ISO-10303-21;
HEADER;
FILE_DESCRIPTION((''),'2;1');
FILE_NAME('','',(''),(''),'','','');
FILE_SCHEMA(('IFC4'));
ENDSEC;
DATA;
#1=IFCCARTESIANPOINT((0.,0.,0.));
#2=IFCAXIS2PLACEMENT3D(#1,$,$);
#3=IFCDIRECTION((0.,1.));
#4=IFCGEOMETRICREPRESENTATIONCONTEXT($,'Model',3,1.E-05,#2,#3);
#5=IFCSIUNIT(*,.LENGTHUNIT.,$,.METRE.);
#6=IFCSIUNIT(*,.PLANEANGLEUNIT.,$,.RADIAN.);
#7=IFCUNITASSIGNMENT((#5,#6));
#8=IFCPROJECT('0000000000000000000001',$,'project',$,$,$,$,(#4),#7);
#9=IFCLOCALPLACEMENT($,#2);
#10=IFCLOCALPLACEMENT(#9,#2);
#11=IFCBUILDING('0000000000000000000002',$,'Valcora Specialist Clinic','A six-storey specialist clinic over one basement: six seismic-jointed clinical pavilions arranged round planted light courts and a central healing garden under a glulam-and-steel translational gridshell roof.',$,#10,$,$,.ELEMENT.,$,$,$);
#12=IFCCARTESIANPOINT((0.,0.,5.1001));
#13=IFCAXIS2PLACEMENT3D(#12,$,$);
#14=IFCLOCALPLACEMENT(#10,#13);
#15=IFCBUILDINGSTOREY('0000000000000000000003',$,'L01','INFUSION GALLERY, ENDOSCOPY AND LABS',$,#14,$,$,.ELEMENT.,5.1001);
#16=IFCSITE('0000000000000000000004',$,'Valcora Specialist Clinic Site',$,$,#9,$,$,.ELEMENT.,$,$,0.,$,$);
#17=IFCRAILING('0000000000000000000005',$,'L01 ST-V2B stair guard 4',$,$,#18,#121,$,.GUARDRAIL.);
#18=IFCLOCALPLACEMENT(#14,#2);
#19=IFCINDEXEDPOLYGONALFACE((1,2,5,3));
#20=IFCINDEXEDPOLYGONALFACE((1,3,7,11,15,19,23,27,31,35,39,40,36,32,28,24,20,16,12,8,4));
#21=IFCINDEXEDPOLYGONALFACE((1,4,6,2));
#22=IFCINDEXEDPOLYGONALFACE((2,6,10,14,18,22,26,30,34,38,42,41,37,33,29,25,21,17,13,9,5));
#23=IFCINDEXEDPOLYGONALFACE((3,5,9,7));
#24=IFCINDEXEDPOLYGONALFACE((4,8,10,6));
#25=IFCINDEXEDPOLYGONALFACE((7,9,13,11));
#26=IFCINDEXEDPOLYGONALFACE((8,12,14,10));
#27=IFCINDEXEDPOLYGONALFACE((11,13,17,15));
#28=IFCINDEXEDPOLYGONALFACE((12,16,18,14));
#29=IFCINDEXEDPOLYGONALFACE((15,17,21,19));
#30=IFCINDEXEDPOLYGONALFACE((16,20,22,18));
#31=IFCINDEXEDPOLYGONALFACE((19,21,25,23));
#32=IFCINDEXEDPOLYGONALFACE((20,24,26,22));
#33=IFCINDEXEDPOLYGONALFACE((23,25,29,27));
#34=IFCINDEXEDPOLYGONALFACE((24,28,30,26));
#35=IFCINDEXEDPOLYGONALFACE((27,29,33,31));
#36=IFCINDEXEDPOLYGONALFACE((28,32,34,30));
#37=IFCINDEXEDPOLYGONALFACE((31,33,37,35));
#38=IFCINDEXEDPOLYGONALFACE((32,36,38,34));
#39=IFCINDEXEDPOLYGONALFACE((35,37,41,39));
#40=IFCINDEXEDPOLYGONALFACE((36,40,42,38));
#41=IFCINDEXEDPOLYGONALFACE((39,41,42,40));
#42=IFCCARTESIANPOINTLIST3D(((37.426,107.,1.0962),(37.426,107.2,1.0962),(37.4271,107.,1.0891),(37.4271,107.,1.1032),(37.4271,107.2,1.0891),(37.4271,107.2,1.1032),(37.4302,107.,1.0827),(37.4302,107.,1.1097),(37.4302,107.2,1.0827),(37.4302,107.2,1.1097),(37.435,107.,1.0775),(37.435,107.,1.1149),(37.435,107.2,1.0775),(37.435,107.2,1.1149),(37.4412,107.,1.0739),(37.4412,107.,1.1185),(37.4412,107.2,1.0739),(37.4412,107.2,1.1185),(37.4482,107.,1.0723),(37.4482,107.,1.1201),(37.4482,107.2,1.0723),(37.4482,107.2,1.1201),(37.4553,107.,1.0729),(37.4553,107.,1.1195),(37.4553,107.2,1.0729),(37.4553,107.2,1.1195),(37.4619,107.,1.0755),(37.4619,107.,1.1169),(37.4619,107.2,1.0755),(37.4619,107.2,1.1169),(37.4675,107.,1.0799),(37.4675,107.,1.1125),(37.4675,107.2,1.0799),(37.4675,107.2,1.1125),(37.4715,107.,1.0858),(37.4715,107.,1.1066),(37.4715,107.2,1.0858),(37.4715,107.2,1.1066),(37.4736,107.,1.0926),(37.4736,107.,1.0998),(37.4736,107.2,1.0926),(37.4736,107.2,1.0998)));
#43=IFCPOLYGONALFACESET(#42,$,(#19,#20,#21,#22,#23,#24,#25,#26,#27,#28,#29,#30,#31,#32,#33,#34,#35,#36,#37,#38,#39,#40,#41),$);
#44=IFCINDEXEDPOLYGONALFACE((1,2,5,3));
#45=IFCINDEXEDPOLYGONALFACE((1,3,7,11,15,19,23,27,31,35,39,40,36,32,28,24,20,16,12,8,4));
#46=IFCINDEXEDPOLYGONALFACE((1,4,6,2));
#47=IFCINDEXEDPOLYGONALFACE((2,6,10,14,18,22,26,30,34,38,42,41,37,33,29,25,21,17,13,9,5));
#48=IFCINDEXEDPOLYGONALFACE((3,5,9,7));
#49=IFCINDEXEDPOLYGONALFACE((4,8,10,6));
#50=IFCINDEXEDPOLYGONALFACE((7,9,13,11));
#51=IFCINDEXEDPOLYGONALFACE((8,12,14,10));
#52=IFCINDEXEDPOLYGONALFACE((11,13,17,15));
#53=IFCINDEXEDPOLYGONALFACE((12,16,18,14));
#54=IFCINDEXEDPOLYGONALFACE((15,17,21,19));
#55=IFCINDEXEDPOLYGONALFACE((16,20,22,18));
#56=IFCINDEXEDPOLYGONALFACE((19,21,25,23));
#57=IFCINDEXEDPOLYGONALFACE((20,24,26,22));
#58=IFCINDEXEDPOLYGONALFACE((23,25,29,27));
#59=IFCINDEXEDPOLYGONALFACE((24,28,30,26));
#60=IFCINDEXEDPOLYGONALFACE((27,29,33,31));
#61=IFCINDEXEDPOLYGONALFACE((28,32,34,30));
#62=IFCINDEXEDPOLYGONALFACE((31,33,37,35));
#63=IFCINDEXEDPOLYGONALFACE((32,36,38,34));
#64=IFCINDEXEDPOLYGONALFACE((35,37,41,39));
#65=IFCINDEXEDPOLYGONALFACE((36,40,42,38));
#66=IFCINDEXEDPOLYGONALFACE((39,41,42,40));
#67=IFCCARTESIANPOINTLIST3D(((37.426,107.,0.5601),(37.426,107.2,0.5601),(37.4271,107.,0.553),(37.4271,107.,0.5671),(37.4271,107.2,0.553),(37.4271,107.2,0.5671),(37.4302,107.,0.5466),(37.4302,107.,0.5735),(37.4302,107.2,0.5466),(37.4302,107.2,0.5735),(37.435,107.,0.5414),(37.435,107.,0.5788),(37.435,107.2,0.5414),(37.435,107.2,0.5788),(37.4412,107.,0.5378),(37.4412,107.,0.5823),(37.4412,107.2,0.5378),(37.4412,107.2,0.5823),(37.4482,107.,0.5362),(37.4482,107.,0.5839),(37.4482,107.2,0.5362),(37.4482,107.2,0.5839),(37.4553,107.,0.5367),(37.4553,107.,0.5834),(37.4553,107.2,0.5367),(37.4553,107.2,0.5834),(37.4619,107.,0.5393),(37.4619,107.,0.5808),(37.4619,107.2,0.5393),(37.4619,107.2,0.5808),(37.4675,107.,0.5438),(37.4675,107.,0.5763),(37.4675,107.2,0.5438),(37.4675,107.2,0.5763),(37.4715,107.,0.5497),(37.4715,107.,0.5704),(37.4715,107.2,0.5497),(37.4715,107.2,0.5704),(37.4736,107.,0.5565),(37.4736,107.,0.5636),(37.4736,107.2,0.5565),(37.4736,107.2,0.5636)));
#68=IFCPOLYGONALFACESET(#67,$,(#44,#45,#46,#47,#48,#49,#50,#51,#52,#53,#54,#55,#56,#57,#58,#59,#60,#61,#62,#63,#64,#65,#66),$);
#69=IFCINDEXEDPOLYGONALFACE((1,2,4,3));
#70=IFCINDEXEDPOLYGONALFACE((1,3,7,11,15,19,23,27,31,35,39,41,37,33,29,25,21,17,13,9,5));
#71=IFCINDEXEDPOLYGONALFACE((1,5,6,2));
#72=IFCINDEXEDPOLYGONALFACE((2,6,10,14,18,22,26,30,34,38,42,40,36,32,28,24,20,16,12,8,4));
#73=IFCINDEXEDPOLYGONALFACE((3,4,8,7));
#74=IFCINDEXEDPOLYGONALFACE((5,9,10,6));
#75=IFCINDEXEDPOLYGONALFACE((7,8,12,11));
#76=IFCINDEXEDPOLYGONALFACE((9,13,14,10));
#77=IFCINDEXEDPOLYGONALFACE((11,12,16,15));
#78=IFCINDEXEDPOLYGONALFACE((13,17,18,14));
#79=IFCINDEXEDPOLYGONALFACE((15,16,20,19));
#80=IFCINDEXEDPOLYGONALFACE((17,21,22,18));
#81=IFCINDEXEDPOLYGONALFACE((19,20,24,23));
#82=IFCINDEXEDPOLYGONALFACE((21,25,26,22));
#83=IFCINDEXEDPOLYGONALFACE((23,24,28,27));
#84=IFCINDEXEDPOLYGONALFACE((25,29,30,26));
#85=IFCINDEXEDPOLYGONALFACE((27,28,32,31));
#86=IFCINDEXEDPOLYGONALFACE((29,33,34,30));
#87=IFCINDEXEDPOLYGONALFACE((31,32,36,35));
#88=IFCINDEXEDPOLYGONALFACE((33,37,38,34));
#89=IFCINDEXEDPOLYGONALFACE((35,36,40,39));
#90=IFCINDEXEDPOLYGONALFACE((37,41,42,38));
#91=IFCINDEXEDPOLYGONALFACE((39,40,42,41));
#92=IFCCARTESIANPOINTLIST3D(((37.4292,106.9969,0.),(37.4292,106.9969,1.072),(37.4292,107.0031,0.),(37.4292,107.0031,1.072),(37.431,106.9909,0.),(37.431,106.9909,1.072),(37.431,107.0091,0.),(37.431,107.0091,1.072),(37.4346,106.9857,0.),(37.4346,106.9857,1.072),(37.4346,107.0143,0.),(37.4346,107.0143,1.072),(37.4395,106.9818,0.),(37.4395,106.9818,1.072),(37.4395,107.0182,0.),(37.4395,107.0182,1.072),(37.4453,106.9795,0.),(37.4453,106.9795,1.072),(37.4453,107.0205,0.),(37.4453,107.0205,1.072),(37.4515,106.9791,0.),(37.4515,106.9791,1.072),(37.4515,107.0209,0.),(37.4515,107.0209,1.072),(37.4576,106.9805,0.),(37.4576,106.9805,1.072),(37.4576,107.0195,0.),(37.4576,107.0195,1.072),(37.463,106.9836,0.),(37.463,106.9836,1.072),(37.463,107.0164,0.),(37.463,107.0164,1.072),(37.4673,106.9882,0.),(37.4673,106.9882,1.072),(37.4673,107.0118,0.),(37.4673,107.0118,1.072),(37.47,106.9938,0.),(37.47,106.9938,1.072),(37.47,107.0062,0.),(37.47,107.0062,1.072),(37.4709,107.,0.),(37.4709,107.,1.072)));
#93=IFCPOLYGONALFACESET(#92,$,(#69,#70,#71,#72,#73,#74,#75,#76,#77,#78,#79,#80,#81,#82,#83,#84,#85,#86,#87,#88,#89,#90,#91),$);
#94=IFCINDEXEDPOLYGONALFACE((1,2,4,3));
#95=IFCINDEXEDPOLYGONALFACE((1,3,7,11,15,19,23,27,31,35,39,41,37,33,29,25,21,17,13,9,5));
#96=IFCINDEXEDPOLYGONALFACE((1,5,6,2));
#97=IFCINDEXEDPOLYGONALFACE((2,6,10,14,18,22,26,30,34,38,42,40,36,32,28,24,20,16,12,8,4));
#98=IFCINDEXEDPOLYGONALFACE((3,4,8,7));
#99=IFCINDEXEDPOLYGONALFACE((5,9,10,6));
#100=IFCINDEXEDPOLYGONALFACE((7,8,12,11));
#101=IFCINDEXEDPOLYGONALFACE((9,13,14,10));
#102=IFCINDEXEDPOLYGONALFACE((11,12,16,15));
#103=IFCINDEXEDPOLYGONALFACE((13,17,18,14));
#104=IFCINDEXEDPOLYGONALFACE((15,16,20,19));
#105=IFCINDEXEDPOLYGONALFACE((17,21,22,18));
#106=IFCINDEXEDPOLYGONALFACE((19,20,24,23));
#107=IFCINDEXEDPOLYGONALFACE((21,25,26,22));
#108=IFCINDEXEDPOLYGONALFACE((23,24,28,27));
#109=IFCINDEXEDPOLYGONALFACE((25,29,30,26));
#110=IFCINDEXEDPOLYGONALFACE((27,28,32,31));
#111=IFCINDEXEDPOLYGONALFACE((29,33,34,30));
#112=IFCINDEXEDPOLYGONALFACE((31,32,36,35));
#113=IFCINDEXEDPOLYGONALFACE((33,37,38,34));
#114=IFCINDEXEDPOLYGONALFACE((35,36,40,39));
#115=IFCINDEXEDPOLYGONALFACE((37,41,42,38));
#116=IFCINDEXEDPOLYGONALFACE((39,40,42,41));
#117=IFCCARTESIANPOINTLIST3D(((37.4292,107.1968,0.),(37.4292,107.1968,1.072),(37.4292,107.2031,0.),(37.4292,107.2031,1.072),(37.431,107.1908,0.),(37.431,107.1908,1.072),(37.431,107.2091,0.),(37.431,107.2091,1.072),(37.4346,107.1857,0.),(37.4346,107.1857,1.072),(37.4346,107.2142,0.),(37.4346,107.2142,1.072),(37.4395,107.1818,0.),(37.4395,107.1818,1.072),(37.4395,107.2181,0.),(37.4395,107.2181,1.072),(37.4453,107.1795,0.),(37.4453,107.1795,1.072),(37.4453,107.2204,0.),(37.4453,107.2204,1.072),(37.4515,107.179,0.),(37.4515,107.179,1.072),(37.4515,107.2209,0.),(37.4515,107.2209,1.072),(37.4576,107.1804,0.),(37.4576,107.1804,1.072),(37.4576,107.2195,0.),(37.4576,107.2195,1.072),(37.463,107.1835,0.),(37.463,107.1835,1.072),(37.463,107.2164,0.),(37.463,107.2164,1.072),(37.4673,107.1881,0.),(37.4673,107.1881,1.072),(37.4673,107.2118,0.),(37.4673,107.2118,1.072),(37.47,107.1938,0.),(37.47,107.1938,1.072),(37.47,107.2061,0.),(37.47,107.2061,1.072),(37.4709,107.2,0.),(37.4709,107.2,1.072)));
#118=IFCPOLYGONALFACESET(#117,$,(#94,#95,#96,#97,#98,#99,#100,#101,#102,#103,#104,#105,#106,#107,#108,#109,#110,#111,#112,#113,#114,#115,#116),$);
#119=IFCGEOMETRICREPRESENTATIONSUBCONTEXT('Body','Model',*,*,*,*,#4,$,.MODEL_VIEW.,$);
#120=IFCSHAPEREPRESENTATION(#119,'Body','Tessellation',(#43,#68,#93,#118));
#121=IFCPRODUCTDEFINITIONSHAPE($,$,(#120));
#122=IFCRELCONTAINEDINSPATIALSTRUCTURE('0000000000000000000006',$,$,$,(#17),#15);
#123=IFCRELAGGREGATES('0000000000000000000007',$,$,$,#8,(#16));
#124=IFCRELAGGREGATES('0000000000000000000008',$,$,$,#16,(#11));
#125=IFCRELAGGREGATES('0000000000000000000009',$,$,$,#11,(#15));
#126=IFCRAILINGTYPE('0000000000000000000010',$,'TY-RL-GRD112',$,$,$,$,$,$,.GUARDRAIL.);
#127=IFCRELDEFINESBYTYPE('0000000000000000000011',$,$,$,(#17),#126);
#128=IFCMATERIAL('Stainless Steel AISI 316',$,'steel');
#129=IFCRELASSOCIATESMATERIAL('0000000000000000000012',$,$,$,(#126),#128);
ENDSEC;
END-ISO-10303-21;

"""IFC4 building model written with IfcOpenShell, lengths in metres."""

from ifc_helpers import new_model, si_unit, direction, frame, origin, origin_2d, place, context, subcontext, project, spatial, circle, extrude, material, type_object, element, save


model = new_model("IFC4")

# Units and contexts
model_context = context("Model", 3, precision=1e-05, world=origin(), true_north=direction((0.0, 1.0)))
body_context = subcontext(model_context, "Body", "Model", "MODEL_VIEW")
ifc_project = project(units=[si_unit("LENGTHUNIT", "METRE"), si_unit("PLANEANGLEUNIT", "RADIAN")], contexts=[model_context])

# Site, building, storey
site_placement = place(None, origin())
site = spatial("IfcSite", under=ifc_project, at=site_placement, Name="Valcora Specialist Clinic Site", CompositionType="ELEMENT", RefElevation=0.0)
building_placement = place(site_placement, origin())
building = spatial("IfcBuilding", under=site, at=building_placement, Name="Valcora Specialist Clinic", Description="A six-storey specialist clinic over one basement: six seismic-jointed clinical pavilions arranged round planted light courts and a central healing garden under a glulam-and-steel translational gridshell roof.", CompositionType="ELEMENT")
storey_placement = place(building_placement, frame((0.0, 0.0, 5.1001)))
storey = spatial("IfcBuildingStorey", under=building, at=storey_placement, Name="L01", Description="INFUSION GALLERY, ENDOSCOPY AND LABS", CompositionType="ELEMENT", Elevation=5.1001)

# Railing
ifc_material_1 = material(Name="Stainless Steel AISI 316", Category="steel")
railing_type_1 = type_object("IfcRailingType", Name="TY-RL-GRD112", PredefinedType="GUARDRAIL", material=ifc_material_1)
railing_1_placement = place(storey_placement, frame((37.45, 107.0, 0.0)))
element("IfcRailing", 1, at=railing_1_placement, inside=storey, type_object=railing_type_1, Name="L01 ST-V2B stair guard 4", PredefinedType="GUARDRAIL", context=body_context, shape_type="SweptSolid", body=[
    extrude(circle(Radius=0.0239, at=origin_2d()), frame((0.0, 0.0, 1.0962), z_axis=(0.0, 1.0, 0.0), x_axis=(-1.0, 0.0, 0.0)), (0.0, 0.0, 1.0), 0.2),
    extrude(circle(Radius=0.0239, at=origin_2d()), frame((0.0, 0.0, 0.5601), z_axis=(0.0, 1.0, 0.0), x_axis=(-1.0, 0.0, 0.0)), (0.0, 0.0, 1.0), 0.2),
    extrude(circle(Radius=0.021, at=origin_2d()), origin(), (0.0, 0.0, 1.0), 1.072),
    extrude(circle(Radius=0.021, at=origin_2d()), frame((0.0, 0.2, 0.0)), (0.0, 0.0, 1.0), 1.072),
])

save(model, "model.ifc")
